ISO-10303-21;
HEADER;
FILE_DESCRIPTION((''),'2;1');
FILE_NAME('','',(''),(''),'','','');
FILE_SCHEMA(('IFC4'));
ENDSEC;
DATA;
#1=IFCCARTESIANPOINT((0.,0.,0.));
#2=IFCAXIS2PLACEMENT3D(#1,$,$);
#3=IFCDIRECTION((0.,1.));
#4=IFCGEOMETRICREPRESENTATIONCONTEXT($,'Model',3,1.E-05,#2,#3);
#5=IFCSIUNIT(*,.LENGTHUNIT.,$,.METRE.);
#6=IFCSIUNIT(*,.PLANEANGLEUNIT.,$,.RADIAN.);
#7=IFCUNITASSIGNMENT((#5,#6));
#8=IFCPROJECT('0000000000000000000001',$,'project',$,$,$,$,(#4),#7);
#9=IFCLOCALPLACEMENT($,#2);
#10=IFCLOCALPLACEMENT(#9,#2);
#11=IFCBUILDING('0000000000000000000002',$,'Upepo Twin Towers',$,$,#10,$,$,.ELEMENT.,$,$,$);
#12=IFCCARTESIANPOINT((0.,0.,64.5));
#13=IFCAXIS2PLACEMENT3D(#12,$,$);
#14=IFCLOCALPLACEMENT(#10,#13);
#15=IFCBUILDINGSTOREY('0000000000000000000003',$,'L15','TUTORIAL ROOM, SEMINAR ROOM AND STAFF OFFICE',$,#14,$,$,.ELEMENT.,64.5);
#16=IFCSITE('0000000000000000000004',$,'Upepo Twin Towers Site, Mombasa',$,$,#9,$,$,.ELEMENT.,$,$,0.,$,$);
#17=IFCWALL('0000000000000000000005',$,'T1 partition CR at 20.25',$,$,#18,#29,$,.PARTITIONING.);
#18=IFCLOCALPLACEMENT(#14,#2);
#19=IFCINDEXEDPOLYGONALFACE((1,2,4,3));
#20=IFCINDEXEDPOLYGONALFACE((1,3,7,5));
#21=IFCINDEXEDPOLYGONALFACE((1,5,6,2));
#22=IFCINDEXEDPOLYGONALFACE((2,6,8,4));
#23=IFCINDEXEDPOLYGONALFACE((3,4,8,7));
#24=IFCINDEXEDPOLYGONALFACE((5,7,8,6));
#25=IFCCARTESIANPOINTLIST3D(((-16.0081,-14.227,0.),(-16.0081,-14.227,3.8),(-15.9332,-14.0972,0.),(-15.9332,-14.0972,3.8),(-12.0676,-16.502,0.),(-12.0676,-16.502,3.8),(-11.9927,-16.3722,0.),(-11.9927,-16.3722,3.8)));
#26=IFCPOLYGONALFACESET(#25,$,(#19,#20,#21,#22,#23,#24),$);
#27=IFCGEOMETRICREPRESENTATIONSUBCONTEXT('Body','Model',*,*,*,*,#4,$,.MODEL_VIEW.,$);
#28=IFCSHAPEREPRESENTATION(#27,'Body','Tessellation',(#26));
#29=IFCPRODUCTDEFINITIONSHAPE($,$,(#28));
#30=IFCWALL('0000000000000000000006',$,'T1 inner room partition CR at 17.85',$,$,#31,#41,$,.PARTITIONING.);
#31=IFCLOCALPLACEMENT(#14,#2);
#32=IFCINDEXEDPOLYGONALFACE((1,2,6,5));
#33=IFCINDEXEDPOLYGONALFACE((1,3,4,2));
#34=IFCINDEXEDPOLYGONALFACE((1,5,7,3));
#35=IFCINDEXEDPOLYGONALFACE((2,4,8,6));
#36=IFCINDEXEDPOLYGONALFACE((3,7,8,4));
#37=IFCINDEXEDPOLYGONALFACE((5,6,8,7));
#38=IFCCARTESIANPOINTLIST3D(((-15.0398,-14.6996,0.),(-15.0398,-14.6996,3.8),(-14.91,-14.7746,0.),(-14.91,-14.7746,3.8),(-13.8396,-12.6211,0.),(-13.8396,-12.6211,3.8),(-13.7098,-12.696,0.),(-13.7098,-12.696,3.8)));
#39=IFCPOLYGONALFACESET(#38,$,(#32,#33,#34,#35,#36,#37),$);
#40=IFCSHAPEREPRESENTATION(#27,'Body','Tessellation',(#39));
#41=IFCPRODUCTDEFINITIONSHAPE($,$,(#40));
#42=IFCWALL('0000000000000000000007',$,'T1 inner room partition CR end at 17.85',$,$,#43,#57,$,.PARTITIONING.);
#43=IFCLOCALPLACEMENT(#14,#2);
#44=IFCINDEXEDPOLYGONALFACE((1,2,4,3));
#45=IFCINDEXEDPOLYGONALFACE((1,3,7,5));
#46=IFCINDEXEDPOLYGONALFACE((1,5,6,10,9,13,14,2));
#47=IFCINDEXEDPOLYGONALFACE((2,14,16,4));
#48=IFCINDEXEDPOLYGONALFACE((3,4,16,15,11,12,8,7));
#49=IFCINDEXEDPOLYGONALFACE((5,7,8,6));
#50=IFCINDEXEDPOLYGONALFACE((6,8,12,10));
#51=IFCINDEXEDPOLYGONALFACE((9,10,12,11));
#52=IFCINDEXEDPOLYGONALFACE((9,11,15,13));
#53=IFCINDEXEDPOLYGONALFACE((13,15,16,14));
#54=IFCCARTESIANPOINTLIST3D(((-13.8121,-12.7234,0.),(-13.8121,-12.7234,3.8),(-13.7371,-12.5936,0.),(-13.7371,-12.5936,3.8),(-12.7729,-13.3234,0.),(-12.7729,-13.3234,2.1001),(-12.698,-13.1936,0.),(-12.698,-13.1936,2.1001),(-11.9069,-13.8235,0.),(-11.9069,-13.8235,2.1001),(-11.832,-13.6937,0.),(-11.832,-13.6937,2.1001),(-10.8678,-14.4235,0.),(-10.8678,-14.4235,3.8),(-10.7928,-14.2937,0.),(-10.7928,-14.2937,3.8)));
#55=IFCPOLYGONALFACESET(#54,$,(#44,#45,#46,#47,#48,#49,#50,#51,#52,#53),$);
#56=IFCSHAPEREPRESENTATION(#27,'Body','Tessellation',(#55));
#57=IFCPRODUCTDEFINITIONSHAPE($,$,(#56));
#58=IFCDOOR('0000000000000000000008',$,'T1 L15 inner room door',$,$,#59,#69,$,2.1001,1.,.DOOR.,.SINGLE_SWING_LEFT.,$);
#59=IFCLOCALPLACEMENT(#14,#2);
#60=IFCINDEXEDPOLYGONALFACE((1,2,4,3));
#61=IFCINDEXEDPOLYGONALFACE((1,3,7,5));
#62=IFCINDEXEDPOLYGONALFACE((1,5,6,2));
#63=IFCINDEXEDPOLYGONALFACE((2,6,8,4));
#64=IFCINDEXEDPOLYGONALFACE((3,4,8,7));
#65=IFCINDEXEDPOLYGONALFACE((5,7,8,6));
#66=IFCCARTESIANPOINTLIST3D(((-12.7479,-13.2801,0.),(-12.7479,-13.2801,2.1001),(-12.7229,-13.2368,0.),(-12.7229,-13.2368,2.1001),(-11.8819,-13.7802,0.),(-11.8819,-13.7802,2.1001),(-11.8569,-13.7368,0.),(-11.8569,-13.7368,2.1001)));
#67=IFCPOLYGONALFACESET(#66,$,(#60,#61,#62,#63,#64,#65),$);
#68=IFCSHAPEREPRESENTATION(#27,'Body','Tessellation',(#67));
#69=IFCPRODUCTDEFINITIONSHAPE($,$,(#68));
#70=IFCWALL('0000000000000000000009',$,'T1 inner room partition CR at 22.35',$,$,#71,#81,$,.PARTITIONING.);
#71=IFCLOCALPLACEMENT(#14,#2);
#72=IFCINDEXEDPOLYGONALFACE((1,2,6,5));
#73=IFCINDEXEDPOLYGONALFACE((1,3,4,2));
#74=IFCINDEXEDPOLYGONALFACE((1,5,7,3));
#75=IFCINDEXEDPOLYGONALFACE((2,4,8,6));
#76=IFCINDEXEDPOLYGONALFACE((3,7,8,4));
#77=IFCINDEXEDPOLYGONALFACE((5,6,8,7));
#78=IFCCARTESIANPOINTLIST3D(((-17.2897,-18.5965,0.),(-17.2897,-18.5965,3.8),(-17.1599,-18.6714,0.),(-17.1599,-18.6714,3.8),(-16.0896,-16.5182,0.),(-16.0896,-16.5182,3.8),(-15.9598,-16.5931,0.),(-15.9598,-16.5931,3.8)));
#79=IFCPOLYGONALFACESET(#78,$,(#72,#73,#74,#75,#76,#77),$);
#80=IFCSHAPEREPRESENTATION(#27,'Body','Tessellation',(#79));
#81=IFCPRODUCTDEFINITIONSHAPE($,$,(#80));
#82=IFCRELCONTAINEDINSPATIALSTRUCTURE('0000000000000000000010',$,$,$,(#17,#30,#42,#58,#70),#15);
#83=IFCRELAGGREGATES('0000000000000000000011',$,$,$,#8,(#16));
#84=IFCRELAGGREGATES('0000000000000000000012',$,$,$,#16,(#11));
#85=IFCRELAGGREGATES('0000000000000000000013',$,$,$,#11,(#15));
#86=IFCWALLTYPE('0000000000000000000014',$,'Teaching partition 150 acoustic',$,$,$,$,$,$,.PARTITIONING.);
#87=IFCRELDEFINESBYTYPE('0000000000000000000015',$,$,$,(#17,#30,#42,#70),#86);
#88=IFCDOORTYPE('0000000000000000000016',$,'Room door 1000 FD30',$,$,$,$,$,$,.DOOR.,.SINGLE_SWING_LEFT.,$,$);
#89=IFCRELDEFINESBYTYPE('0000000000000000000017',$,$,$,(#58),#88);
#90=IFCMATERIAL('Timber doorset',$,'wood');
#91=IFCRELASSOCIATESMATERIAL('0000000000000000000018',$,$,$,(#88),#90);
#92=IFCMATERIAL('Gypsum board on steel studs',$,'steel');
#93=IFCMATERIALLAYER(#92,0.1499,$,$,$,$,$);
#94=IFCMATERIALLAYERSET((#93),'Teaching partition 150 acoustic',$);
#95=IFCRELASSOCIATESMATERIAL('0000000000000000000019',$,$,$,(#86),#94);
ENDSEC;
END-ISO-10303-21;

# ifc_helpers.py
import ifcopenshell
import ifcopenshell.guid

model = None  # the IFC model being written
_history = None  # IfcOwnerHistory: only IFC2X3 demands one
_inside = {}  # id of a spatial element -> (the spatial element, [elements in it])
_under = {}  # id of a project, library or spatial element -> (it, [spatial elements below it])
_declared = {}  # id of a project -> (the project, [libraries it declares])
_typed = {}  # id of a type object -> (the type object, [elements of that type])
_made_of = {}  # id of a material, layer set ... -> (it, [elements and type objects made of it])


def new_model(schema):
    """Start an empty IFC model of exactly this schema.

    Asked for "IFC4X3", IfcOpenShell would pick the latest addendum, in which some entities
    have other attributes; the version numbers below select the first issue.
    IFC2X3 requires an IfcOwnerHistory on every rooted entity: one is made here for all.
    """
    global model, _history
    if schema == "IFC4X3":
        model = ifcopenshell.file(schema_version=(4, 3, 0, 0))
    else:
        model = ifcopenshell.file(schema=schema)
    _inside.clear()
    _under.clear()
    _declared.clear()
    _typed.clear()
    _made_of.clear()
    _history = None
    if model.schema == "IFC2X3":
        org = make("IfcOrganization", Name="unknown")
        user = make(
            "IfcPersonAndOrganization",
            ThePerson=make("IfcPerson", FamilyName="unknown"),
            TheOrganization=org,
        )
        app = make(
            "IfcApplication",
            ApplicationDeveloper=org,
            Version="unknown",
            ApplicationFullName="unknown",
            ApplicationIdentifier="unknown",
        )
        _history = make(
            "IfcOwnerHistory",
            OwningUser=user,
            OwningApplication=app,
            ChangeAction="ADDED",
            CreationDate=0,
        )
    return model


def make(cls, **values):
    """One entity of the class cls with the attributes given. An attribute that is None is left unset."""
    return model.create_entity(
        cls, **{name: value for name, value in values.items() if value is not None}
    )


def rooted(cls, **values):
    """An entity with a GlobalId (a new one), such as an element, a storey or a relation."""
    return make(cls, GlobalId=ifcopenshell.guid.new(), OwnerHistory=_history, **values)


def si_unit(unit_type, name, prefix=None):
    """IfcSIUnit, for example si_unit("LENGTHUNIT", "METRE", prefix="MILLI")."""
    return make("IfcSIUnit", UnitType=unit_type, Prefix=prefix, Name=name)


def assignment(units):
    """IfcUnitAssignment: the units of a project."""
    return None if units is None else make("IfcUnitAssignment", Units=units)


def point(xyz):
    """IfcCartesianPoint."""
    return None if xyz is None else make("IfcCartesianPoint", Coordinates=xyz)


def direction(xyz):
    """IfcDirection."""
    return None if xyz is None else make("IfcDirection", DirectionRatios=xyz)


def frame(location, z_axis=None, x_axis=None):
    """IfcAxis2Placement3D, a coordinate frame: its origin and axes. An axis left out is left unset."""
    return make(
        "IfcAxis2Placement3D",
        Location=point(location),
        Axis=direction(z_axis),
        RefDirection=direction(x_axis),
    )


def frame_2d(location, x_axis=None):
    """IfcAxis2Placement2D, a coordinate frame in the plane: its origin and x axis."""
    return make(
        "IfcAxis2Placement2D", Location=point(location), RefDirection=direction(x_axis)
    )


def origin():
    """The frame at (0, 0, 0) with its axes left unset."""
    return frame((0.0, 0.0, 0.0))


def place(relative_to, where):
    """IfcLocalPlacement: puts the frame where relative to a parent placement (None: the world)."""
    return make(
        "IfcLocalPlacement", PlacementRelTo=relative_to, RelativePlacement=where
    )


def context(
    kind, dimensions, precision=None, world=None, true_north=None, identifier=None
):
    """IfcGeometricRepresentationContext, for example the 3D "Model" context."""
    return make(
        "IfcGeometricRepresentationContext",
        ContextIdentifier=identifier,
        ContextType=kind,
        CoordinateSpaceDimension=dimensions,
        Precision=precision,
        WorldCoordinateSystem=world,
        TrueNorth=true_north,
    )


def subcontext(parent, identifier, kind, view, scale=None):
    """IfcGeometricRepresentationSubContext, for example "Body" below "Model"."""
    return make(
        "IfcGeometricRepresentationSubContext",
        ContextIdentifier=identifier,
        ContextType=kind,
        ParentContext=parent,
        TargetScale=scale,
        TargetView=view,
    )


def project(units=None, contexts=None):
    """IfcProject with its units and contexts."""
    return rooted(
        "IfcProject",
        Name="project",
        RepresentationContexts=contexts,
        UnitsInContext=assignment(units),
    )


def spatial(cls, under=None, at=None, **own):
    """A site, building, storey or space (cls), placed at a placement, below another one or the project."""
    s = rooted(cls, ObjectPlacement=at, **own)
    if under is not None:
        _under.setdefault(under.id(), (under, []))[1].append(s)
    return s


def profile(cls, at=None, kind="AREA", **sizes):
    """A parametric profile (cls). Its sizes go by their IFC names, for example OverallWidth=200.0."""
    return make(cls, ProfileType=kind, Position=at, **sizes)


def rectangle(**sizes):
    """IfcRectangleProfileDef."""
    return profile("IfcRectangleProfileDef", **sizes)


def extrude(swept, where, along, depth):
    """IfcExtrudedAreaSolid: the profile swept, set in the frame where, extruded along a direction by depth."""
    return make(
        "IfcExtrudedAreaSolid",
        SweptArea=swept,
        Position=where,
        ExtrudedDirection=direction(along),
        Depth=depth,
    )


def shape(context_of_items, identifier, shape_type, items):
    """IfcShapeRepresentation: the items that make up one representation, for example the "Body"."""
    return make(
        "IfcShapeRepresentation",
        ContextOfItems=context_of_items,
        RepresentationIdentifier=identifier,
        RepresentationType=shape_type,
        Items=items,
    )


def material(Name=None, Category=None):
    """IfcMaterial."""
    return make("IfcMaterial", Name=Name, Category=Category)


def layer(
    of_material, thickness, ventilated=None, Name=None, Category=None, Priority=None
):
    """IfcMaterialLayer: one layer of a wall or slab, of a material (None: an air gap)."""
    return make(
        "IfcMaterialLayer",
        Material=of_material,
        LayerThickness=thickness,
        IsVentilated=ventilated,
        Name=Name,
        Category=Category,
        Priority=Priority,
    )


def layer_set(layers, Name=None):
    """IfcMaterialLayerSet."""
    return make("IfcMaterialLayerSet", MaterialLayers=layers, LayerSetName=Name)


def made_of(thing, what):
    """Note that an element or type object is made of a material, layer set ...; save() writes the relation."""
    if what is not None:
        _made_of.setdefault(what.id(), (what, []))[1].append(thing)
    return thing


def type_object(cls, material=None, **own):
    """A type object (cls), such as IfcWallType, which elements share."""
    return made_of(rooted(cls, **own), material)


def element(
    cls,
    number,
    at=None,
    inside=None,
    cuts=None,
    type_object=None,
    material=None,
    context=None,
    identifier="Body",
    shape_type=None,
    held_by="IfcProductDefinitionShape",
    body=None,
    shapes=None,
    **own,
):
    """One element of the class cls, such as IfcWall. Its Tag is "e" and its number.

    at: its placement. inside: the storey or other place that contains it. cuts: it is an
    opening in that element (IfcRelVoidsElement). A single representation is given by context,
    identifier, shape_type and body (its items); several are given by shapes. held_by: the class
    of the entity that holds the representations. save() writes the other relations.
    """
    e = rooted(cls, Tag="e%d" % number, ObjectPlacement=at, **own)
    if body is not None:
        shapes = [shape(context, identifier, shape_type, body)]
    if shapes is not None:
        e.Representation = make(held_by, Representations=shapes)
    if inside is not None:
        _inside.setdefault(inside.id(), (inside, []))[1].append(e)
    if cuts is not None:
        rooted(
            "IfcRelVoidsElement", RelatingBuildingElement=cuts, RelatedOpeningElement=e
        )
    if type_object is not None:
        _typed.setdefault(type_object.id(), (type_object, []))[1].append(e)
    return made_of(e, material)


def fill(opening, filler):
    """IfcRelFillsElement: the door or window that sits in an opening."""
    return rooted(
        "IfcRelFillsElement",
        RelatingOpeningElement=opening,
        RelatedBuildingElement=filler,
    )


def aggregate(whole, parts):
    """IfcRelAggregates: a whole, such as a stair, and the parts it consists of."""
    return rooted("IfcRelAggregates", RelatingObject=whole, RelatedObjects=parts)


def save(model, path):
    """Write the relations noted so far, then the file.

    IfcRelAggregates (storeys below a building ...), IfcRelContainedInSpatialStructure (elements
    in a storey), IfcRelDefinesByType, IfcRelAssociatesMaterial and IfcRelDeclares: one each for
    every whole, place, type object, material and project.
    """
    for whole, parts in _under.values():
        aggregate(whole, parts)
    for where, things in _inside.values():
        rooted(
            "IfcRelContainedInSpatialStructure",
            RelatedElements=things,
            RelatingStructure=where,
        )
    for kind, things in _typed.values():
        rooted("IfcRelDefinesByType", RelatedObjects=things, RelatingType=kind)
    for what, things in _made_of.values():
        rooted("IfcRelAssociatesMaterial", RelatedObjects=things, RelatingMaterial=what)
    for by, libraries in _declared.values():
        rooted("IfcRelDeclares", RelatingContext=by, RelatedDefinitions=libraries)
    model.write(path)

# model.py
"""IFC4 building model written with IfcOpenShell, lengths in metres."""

from ifc_helpers import new_model, si_unit, direction, frame, frame_2d, origin, place, context, subcontext, project, spatial, rectangle, extrude, material, layer, layer_set, type_object, element, fill, save


model = new_model("IFC4")

# Units and contexts
model_context = context("Model", 3, precision=1e-05, world=origin(), true_north=direction((0.0, 1.0)))
body_context = subcontext(model_context, "Body", "Model", "MODEL_VIEW")
ifc_project = project(units=[si_unit("LENGTHUNIT", "METRE"), si_unit("PLANEANGLEUNIT", "RADIAN")], contexts=[model_context])

# Site, building, storey
site_placement = place(None, origin())
site = spatial("IfcSite", under=ifc_project, at=site_placement, Name="Upepo Twin Towers Site, Mombasa", CompositionType="ELEMENT", RefElevation=0.0)
building_placement = place(site_placement, origin())
building = spatial("IfcBuilding", under=site, at=building_placement, Name="Upepo Twin Towers", CompositionType="ELEMENT")
storey_placement = place(building_placement, frame((0.0, 0.0, 64.5)))
storey = spatial("IfcBuildingStorey", under=building, at=storey_placement, Name="L15", Description="TUTORIAL ROOM, SEMINAR ROOM AND STAFF OFFICE", CompositionType="ELEMENT", Elevation=64.5)

# Shared definitions
ifc_material_1 = material(Name="Timber doorset", Category="wood")
door_type = type_object("IfcDoorType", Name="Room door 1000 FD30", OperationType="SINGLE_SWING_LEFT", PredefinedType="DOOR", material=ifc_material_1)

# Shared definitions
ifc_material_2 = material(Name="Gypsum board on steel studs", Category="steel")
ifc_layer_1 = layer(ifc_material_2, 0.1499)
ifc_layer_set_1 = layer_set([ifc_layer_1], Name="Teaching partition 150 acoustic")
wall_type_1 = type_object("IfcWallType", Name="Teaching partition 150 acoustic", PredefinedType="PARTITIONING", material=ifc_layer_set_1)

# Walls
wall_1_placement = place(storey_placement, frame((-12.0303, -16.437, 0.0), z_axis=(0.0, 0.0, 1.0), x_axis=(-0.866035, 0.499983, 0.0)))
element("IfcWall", 1, at=wall_1_placement, inside=storey, type_object=wall_type_1, Name="T1 partition CR at 20.25", PredefinedType="PARTITIONING", context=body_context, shape_type="SweptSolid", body=[
    extrude(rectangle(XDim=4.55, YDim=0.1499, at=frame_2d((2.2749, 0.0))), origin(), (0.0, 0.0, 1.0), 3.8),
])
wall_2_placement = place(storey_placement, frame((-13.7747, -12.6584, 0.0), z_axis=(0.0, 0.0, 1.0), x_axis=(-0.500034, -0.866006, 0.0)))
element("IfcWall", 2, at=wall_2_placement, inside=storey, type_object=wall_type_1, Name="T1 inner room partition CR at 17.85", PredefinedType="PARTITIONING", context=body_context, shape_type="SweptSolid", body=[
    extrude(rectangle(XDim=2.4001, YDim=0.1499, at=frame_2d((1.2002, 0.0))), origin(), (0.0, 0.0, 1.0), 3.8),
])

# Wall, opening, door
wall_3_placement = place(storey_placement, frame((-10.8303, -14.3586, 0.0), z_axis=(0.0, 0.0, 1.0), x_axis=(-0.865989, 0.500062, 0.0)))
wall_3 = element("IfcWall", 3, at=wall_3_placement, inside=storey, type_object=wall_type_1, Name="T1 inner room partition CR end at 17.85", PredefinedType="PARTITIONING", context=body_context, shape_type="SweptSolid", body=[
    extrude(rectangle(XDim=3.3999, YDim=0.1499, at=frame_2d((1.7, 0.0))), origin(), (0.0, 0.0, 1.0), 3.8),
])
opening_1_placement = place(wall_3_placement, frame((1.2, 0.0, 0.0)))
opening_1 = element("IfcOpeningElement", 4, at=opening_1_placement, cuts=wall_3, PredefinedType="OPENING", context=body_context, shape_type="SweptSolid", body=[
    extrude(rectangle(XDim=1.0, YDim=2.1001, at=frame_2d((0.5, 1.05))), frame((0.0, 0.085, 0.0), z_axis=(0.0, -1.0, 0.0), x_axis=(1.0, 0.0, 0.0)), (0.0, 0.0, 1.0), 0.1699),
])
door_1_placement = place(opening_1_placement, origin())
door_1 = element("IfcDoor", 5, at=door_1_placement, inside=storey, type_object=door_type, Name="T1 L15 inner room door", OperationType="SINGLE_SWING_LEFT", OverallHeight=2.1001, OverallWidth=1.0, PredefinedType="DOOR", context=body_context, shape_type="SweptSolid", body=[
    extrude(rectangle(XDim=1.0, YDim=2.1001, at=frame_2d((0.5, 1.05))), frame((0.0, 0.0249, 0.0), z_axis=(0.0, -1.0, 0.0), x_axis=(1.0, 0.0, 0.0)), (0.0, 0.0, 1.0), 0.05),
])
fill(opening_1, door_1)

# Wall
wall_4_placement = place(storey_placement, frame((-16.0247, -16.5557, 0.0), z_axis=(0.0, 0.0, 1.0), x_axis=(-0.500078, -0.865981, 0.0)))
element("IfcWall", 6, at=wall_4_placement, inside=storey, type_object=wall_type_1, Name="T1 inner room partition CR at 22.35", PredefinedType="PARTITIONING", context=body_context, shape_type="SweptSolid", body=[
    extrude(rectangle(XDim=2.3999, YDim=0.1499, at=frame_2d((1.2, 0.0))), origin(), (0.0, 0.0, 1.0), 3.8),
])

save(model, "model.ifc")
